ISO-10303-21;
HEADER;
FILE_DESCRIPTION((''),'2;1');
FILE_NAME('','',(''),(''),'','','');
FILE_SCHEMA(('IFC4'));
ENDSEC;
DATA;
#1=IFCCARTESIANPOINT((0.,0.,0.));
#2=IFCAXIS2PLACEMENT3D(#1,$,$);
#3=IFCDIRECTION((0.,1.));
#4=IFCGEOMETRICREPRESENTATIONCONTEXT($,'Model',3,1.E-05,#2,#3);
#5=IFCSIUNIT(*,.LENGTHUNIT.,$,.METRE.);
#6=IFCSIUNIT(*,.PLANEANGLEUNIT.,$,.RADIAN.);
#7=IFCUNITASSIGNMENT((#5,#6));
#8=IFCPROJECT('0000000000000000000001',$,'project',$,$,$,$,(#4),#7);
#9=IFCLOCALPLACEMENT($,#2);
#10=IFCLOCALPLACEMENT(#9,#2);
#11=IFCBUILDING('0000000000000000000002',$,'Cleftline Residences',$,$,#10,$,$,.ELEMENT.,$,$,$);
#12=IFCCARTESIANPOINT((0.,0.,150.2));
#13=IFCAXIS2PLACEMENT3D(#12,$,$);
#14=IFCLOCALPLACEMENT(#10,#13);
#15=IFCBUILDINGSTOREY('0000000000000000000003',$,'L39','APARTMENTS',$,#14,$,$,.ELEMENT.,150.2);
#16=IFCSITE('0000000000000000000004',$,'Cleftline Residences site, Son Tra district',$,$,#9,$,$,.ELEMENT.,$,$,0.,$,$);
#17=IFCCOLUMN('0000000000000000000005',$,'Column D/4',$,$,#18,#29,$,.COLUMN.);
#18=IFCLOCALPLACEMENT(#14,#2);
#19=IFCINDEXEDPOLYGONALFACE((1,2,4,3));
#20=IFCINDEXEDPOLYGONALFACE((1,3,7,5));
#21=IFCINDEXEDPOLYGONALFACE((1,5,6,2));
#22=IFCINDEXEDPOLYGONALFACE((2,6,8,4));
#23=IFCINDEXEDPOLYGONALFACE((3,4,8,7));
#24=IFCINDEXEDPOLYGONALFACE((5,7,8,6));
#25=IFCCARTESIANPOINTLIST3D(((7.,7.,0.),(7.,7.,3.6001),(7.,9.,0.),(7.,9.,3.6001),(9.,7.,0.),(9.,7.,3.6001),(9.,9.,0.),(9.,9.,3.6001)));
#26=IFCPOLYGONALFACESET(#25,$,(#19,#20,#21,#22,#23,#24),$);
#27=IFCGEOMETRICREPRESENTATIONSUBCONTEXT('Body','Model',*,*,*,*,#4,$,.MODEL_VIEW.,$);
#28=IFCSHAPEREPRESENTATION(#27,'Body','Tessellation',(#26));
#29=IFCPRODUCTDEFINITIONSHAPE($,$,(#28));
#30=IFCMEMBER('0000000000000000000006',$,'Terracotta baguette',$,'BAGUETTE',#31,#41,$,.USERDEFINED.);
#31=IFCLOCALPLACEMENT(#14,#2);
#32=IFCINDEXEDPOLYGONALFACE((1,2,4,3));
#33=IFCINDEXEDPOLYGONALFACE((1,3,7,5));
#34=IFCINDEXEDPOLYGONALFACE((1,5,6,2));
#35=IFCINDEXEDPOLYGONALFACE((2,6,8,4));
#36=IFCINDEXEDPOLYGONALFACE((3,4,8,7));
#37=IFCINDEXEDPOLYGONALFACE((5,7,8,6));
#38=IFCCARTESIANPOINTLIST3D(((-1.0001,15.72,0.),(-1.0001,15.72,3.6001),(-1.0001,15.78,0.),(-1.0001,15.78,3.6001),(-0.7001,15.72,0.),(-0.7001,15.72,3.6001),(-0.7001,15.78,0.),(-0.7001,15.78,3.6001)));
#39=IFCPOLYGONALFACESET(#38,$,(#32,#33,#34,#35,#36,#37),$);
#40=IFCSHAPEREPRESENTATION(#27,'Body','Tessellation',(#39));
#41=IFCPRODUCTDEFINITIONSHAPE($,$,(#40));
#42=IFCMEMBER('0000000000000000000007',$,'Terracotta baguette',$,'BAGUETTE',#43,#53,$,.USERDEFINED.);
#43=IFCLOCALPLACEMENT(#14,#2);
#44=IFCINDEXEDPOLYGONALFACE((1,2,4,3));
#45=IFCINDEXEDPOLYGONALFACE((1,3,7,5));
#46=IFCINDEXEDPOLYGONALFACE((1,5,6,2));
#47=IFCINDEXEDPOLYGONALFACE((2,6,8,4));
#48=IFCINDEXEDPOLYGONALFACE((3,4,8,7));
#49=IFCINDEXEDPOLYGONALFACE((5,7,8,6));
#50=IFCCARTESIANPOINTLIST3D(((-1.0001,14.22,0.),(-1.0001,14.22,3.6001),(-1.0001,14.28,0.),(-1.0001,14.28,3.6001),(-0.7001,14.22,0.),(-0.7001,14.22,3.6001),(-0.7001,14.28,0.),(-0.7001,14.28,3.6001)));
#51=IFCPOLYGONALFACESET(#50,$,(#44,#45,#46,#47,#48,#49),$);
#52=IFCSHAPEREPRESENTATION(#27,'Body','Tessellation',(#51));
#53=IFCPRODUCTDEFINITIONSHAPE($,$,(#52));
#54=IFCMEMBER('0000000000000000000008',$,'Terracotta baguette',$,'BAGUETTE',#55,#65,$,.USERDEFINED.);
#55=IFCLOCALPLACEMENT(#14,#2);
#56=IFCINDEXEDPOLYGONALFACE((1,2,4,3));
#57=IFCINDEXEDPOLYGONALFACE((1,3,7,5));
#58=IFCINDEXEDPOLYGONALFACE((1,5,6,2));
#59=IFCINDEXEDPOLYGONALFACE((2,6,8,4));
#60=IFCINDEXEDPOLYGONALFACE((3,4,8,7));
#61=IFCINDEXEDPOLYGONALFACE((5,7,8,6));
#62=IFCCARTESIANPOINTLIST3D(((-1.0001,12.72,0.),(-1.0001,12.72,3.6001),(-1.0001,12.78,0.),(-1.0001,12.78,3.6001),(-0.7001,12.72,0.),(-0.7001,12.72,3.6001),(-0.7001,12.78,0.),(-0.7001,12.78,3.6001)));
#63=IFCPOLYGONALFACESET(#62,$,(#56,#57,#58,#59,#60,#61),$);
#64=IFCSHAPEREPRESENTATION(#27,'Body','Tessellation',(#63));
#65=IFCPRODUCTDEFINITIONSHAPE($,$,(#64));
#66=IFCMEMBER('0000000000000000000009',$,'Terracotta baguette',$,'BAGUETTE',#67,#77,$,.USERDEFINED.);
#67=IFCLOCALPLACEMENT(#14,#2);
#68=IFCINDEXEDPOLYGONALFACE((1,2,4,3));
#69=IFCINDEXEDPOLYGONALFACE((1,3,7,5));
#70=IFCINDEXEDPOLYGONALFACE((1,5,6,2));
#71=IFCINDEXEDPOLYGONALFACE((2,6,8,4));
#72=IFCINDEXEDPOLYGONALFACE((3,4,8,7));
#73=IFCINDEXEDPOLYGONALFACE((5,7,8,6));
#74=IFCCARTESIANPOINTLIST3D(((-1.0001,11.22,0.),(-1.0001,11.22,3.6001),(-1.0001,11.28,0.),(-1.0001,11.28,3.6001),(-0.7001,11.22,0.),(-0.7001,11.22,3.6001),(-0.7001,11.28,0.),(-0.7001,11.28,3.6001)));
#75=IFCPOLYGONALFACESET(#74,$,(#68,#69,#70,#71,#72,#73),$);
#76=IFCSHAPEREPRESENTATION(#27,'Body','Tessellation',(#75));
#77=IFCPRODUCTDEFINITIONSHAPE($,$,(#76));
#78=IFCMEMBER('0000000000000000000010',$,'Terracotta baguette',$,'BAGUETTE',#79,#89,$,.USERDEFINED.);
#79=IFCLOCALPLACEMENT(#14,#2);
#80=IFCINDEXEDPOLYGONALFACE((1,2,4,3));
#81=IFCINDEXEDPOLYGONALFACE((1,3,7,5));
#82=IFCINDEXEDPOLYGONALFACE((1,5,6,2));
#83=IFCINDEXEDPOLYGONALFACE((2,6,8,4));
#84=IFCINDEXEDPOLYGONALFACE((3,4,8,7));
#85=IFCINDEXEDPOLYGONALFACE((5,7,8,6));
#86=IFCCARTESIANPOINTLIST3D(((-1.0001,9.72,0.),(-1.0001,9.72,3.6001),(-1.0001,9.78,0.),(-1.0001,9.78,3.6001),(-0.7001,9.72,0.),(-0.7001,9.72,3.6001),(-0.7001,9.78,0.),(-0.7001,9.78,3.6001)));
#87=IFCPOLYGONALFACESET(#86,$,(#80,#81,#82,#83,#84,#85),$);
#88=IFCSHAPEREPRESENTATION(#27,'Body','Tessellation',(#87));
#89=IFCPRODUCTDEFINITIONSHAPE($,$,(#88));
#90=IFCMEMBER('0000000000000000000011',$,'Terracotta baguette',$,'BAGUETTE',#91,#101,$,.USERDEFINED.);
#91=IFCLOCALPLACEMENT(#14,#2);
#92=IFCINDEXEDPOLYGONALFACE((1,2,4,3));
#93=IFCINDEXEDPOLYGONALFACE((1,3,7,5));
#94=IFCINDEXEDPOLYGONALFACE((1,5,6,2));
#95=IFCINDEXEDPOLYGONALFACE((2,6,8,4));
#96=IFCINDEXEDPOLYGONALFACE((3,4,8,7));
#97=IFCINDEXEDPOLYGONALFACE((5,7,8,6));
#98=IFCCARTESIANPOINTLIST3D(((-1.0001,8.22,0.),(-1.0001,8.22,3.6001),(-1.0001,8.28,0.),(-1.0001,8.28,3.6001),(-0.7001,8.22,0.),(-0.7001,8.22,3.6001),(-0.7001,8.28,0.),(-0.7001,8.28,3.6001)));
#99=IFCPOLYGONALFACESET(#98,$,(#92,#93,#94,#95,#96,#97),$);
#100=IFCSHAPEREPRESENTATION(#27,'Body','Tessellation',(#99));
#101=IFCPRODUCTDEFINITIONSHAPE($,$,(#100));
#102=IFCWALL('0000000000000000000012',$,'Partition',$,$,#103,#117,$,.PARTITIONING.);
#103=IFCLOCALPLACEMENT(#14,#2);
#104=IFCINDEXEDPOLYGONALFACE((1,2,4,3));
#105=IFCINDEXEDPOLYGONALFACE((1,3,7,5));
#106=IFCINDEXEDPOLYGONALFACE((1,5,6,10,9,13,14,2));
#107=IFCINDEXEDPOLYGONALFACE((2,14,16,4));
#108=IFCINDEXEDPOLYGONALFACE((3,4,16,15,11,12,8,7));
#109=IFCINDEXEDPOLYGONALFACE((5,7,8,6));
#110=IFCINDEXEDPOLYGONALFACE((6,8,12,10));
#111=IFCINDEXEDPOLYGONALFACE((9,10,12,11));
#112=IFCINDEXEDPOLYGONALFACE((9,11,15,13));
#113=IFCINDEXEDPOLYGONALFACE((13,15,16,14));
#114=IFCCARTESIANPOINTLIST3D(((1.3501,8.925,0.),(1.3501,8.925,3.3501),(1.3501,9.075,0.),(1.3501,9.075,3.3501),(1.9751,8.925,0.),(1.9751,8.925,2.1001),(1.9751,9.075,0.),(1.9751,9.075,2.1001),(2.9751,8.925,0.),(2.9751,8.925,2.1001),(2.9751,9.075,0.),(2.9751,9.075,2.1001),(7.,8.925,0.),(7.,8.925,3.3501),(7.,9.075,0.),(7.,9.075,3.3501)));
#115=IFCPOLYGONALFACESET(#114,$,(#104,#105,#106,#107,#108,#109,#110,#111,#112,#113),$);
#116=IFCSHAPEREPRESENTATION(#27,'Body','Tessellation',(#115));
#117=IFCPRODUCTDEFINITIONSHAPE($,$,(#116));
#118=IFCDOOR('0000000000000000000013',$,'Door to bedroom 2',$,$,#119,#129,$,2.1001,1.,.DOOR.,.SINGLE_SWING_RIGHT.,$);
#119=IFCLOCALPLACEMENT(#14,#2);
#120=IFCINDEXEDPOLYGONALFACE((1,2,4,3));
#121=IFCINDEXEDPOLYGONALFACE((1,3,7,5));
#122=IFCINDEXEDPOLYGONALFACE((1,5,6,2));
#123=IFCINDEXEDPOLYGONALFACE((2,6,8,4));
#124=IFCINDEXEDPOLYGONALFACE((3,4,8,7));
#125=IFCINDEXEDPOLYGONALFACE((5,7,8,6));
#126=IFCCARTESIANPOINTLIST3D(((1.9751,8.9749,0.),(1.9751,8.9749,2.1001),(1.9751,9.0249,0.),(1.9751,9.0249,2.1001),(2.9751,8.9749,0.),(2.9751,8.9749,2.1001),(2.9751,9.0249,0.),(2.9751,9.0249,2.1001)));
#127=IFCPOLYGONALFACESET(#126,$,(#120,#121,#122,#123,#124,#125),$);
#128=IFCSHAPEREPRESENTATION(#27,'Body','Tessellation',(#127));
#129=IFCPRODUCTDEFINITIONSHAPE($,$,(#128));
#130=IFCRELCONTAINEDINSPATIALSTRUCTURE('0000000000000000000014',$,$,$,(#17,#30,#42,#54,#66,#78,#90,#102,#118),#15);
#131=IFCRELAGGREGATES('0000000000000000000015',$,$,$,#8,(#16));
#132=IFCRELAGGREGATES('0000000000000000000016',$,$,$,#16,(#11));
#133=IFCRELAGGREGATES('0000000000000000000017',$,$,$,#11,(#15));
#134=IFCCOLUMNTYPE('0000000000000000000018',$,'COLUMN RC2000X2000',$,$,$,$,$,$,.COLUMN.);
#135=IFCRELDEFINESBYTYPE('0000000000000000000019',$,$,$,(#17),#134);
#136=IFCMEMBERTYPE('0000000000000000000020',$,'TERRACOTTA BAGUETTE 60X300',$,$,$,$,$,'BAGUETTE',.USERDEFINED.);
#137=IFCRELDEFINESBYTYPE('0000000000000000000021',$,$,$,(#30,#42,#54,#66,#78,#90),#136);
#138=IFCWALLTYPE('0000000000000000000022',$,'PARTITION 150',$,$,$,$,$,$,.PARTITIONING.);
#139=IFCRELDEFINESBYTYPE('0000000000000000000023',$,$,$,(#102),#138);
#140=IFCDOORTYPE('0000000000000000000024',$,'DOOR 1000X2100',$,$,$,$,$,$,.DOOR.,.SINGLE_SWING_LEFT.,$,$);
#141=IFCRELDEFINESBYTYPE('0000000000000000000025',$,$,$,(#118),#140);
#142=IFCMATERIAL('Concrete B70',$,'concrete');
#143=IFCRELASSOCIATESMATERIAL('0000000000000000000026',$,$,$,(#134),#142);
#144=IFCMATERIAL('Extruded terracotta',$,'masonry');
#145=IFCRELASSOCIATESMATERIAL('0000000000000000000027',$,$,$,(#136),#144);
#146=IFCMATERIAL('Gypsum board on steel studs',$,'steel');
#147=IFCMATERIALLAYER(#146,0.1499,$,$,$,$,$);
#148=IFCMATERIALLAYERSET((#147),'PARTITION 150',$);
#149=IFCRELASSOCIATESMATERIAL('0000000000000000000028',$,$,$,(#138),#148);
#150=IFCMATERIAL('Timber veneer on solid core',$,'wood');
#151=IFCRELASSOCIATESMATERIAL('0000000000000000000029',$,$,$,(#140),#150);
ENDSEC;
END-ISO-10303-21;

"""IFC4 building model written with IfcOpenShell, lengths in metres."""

from ifc_helpers import new_model, si_unit, direction, frame, frame_2d, origin, origin_2d, place, context, subcontext, project, spatial, rectangle, extrude, material, layer, layer_set, material_profile, profile_set, type_object, element, fill, save


model = new_model("IFC4")

# Units and contexts
model_context = context("Model", 3, precision=1e-05, world=origin(), true_north=direction((0.0, 1.0)))
body_context = subcontext(model_context, "Body", "Model", "MODEL_VIEW")
ifc_project = project(units=[si_unit("LENGTHUNIT", "METRE"), si_unit("PLANEANGLEUNIT", "RADIAN")], contexts=[model_context])

# Site, building, storey
site_placement = place(None, origin())
site = spatial("IfcSite", under=ifc_project, at=site_placement, Name="Cleftline Residences site, Son Tra district", CompositionType="ELEMENT", RefElevation=0.0)
building_placement = place(site_placement, origin())
building = spatial("IfcBuilding", under=site, at=building_placement, Name="Cleftline Residences", CompositionType="ELEMENT")
storey_placement = place(building_placement, frame((0.0, 0.0, 150.2)))
storey = spatial("IfcBuildingStorey", under=building, at=storey_placement, Name="L39", Description="APARTMENTS", CompositionType="ELEMENT", Elevation=150.2)

# Column
ifc_material_1 = material(Name="Concrete B70", Category="concrete")
ifc_material_profile_1 = material_profile(ifc_material_1, rectangle(XDim=2.0, YDim=2.0, at=origin_2d()))
ifc_profile_set_1 = profile_set([ifc_material_profile_1], Name="Concrete B70")
column_type = type_object("IfcColumnType", Name="COLUMN RC2000X2000", PredefinedType="COLUMN", material=ifc_profile_set_1)
column_placement = place(storey_placement, frame((8.0, 8.0, 0.0), z_axis=(0.0, 0.0, 1.0), x_axis=(1.0, 0.0, 0.0)))
element("IfcColumn", 1, at=column_placement, inside=storey, type_object=column_type, Name="Column D/4", PredefinedType="COLUMN", context=body_context, shape_type="SweptSolid", body=[
    extrude(rectangle(XDim=2.0, YDim=2.0, at=origin_2d()), origin(), (0.0, 0.0, 1.0), 3.6001),
])

# Members
ifc_material_2 = material(Name="Extruded terracotta", Category="masonry")
ifc_material_profile_2 = material_profile(ifc_material_2, rectangle(XDim=0.0601, YDim=0.3, at=origin_2d()))
ifc_profile_set_2 = profile_set([ifc_material_profile_2], Name="Extruded terracotta")
member_type = type_object("IfcMemberType", Name="TERRACOTTA BAGUETTE 60X300", ElementType="BAGUETTE", PredefinedType="USERDEFINED", material=ifc_profile_set_2)
for number, where, z_axis, x_axis, name in (
    (2, (-0.8501, 15.75, 0.0), (0.0, 0.0, 1.0), (0.0, 1.0, 0.0), "Terracotta baguette"),
    (3, (-0.8501, 14.25, 0.0), (0.0, 0.0, 1.0), (0.0, 1.0, 0.0), "Terracotta baguette"),
    (4, (-0.8501, 12.75, 0.0), (0.0, 0.0, 1.0), (0.0, 1.0, 0.0), "Terracotta baguette"),
    (5, (-0.8501, 11.25, 0.0), (0.0, 0.0, 1.0), (0.0, 1.0, 0.0), "Terracotta baguette"),
    (6, (-0.8501, 9.75, 0.0), (0.0, 0.0, 1.0), (0.0, 1.0, 0.0), "Terracotta baguette"),
    (7, (-0.8501, 8.25, 0.0), (0.0, 0.0, 1.0), (0.0, 1.0, 0.0), "Terracotta baguette"),
):
    element("IfcMember", number, at=place(storey_placement, frame(where, z_axis=z_axis, x_axis=x_axis)), inside=storey, type_object=member_type, Name=name, ObjectType="BAGUETTE", PredefinedType="USERDEFINED", context=body_context, shape_type="SweptSolid", body=[
        extrude(rectangle(XDim=0.0601, YDim=0.3, at=origin_2d()), origin(), (0.0, 0.0, 1.0), 3.6001),
    ])

# Wall, opening, door
ifc_material_3 = material(Name="Gypsum board on steel studs", Category="steel")
ifc_layer = layer(ifc_material_3, 0.1499)
ifc_layer_set = layer_set([ifc_layer], Name="PARTITION 150")
wall_type = type_object("IfcWallType", Name="PARTITION 150", PredefinedType="PARTITIONING", material=ifc_layer_set)
wall_1_placement = place(storey_placement, frame((1.3501, 9.0, 0.0), z_axis=(0.0, 0.0, 1.0), x_axis=(1.0, 0.0, 0.0)))
wall_1 = element("IfcWall", 8, at=wall_1_placement, inside=storey, type_object=wall_type, Name="Partition", PredefinedType="PARTITIONING", context=body_context, shape_type="SweptSolid", body=[
    extrude(rectangle(XDim=5.6499, YDim=0.1499, at=frame_2d((2.825, 0.0))), origin(), (0.0, 0.0, 1.0), 3.3501),
])
opening_1_placement = place(wall_1_placement, frame((0.625, 0.0, 0.0)))
opening_1 = element("IfcOpeningElement", 9, at=opening_1_placement, cuts=wall_1, PredefinedType="OPENING", context=body_context, shape_type="SweptSolid", body=[
    extrude(rectangle(XDim=1.0, YDim=2.1001, at=frame_2d((0.5, 1.05))), frame((0.0, 0.085, 0.0), z_axis=(0.0, -1.0, 0.0), x_axis=(1.0, 0.0, 0.0)), (0.0, 0.0, 1.0), 0.1699),
])
ifc_material_4 = material(Name="Timber veneer on solid core", Category="wood")
door_type_1 = type_object("IfcDoorType", Name="DOOR 1000X2100", OperationType="SINGLE_SWING_LEFT", PredefinedType="DOOR", material=ifc_material_4)
door_1_placement = place(opening_1_placement, origin())
door_1 = element("IfcDoor", 10, at=door_1_placement, inside=storey, type_object=door_type_1, Name="Door to bedroom 2", OperationType="SINGLE_SWING_RIGHT", OverallHeight=2.1001, OverallWidth=1.0, PredefinedType="DOOR", context=body_context, shape_type="SweptSolid", body=[
    extrude(rectangle(XDim=1.0, YDim=2.1001, at=frame_2d((0.5, 1.05))), frame((0.0, 0.0249, 0.0), z_axis=(0.0, -1.0, 0.0), x_axis=(1.0, 0.0, 0.0)), (0.0, 0.0, 1.0), 0.05),
])
fill(opening_1, door_1)

save(model, "model.ifc")
